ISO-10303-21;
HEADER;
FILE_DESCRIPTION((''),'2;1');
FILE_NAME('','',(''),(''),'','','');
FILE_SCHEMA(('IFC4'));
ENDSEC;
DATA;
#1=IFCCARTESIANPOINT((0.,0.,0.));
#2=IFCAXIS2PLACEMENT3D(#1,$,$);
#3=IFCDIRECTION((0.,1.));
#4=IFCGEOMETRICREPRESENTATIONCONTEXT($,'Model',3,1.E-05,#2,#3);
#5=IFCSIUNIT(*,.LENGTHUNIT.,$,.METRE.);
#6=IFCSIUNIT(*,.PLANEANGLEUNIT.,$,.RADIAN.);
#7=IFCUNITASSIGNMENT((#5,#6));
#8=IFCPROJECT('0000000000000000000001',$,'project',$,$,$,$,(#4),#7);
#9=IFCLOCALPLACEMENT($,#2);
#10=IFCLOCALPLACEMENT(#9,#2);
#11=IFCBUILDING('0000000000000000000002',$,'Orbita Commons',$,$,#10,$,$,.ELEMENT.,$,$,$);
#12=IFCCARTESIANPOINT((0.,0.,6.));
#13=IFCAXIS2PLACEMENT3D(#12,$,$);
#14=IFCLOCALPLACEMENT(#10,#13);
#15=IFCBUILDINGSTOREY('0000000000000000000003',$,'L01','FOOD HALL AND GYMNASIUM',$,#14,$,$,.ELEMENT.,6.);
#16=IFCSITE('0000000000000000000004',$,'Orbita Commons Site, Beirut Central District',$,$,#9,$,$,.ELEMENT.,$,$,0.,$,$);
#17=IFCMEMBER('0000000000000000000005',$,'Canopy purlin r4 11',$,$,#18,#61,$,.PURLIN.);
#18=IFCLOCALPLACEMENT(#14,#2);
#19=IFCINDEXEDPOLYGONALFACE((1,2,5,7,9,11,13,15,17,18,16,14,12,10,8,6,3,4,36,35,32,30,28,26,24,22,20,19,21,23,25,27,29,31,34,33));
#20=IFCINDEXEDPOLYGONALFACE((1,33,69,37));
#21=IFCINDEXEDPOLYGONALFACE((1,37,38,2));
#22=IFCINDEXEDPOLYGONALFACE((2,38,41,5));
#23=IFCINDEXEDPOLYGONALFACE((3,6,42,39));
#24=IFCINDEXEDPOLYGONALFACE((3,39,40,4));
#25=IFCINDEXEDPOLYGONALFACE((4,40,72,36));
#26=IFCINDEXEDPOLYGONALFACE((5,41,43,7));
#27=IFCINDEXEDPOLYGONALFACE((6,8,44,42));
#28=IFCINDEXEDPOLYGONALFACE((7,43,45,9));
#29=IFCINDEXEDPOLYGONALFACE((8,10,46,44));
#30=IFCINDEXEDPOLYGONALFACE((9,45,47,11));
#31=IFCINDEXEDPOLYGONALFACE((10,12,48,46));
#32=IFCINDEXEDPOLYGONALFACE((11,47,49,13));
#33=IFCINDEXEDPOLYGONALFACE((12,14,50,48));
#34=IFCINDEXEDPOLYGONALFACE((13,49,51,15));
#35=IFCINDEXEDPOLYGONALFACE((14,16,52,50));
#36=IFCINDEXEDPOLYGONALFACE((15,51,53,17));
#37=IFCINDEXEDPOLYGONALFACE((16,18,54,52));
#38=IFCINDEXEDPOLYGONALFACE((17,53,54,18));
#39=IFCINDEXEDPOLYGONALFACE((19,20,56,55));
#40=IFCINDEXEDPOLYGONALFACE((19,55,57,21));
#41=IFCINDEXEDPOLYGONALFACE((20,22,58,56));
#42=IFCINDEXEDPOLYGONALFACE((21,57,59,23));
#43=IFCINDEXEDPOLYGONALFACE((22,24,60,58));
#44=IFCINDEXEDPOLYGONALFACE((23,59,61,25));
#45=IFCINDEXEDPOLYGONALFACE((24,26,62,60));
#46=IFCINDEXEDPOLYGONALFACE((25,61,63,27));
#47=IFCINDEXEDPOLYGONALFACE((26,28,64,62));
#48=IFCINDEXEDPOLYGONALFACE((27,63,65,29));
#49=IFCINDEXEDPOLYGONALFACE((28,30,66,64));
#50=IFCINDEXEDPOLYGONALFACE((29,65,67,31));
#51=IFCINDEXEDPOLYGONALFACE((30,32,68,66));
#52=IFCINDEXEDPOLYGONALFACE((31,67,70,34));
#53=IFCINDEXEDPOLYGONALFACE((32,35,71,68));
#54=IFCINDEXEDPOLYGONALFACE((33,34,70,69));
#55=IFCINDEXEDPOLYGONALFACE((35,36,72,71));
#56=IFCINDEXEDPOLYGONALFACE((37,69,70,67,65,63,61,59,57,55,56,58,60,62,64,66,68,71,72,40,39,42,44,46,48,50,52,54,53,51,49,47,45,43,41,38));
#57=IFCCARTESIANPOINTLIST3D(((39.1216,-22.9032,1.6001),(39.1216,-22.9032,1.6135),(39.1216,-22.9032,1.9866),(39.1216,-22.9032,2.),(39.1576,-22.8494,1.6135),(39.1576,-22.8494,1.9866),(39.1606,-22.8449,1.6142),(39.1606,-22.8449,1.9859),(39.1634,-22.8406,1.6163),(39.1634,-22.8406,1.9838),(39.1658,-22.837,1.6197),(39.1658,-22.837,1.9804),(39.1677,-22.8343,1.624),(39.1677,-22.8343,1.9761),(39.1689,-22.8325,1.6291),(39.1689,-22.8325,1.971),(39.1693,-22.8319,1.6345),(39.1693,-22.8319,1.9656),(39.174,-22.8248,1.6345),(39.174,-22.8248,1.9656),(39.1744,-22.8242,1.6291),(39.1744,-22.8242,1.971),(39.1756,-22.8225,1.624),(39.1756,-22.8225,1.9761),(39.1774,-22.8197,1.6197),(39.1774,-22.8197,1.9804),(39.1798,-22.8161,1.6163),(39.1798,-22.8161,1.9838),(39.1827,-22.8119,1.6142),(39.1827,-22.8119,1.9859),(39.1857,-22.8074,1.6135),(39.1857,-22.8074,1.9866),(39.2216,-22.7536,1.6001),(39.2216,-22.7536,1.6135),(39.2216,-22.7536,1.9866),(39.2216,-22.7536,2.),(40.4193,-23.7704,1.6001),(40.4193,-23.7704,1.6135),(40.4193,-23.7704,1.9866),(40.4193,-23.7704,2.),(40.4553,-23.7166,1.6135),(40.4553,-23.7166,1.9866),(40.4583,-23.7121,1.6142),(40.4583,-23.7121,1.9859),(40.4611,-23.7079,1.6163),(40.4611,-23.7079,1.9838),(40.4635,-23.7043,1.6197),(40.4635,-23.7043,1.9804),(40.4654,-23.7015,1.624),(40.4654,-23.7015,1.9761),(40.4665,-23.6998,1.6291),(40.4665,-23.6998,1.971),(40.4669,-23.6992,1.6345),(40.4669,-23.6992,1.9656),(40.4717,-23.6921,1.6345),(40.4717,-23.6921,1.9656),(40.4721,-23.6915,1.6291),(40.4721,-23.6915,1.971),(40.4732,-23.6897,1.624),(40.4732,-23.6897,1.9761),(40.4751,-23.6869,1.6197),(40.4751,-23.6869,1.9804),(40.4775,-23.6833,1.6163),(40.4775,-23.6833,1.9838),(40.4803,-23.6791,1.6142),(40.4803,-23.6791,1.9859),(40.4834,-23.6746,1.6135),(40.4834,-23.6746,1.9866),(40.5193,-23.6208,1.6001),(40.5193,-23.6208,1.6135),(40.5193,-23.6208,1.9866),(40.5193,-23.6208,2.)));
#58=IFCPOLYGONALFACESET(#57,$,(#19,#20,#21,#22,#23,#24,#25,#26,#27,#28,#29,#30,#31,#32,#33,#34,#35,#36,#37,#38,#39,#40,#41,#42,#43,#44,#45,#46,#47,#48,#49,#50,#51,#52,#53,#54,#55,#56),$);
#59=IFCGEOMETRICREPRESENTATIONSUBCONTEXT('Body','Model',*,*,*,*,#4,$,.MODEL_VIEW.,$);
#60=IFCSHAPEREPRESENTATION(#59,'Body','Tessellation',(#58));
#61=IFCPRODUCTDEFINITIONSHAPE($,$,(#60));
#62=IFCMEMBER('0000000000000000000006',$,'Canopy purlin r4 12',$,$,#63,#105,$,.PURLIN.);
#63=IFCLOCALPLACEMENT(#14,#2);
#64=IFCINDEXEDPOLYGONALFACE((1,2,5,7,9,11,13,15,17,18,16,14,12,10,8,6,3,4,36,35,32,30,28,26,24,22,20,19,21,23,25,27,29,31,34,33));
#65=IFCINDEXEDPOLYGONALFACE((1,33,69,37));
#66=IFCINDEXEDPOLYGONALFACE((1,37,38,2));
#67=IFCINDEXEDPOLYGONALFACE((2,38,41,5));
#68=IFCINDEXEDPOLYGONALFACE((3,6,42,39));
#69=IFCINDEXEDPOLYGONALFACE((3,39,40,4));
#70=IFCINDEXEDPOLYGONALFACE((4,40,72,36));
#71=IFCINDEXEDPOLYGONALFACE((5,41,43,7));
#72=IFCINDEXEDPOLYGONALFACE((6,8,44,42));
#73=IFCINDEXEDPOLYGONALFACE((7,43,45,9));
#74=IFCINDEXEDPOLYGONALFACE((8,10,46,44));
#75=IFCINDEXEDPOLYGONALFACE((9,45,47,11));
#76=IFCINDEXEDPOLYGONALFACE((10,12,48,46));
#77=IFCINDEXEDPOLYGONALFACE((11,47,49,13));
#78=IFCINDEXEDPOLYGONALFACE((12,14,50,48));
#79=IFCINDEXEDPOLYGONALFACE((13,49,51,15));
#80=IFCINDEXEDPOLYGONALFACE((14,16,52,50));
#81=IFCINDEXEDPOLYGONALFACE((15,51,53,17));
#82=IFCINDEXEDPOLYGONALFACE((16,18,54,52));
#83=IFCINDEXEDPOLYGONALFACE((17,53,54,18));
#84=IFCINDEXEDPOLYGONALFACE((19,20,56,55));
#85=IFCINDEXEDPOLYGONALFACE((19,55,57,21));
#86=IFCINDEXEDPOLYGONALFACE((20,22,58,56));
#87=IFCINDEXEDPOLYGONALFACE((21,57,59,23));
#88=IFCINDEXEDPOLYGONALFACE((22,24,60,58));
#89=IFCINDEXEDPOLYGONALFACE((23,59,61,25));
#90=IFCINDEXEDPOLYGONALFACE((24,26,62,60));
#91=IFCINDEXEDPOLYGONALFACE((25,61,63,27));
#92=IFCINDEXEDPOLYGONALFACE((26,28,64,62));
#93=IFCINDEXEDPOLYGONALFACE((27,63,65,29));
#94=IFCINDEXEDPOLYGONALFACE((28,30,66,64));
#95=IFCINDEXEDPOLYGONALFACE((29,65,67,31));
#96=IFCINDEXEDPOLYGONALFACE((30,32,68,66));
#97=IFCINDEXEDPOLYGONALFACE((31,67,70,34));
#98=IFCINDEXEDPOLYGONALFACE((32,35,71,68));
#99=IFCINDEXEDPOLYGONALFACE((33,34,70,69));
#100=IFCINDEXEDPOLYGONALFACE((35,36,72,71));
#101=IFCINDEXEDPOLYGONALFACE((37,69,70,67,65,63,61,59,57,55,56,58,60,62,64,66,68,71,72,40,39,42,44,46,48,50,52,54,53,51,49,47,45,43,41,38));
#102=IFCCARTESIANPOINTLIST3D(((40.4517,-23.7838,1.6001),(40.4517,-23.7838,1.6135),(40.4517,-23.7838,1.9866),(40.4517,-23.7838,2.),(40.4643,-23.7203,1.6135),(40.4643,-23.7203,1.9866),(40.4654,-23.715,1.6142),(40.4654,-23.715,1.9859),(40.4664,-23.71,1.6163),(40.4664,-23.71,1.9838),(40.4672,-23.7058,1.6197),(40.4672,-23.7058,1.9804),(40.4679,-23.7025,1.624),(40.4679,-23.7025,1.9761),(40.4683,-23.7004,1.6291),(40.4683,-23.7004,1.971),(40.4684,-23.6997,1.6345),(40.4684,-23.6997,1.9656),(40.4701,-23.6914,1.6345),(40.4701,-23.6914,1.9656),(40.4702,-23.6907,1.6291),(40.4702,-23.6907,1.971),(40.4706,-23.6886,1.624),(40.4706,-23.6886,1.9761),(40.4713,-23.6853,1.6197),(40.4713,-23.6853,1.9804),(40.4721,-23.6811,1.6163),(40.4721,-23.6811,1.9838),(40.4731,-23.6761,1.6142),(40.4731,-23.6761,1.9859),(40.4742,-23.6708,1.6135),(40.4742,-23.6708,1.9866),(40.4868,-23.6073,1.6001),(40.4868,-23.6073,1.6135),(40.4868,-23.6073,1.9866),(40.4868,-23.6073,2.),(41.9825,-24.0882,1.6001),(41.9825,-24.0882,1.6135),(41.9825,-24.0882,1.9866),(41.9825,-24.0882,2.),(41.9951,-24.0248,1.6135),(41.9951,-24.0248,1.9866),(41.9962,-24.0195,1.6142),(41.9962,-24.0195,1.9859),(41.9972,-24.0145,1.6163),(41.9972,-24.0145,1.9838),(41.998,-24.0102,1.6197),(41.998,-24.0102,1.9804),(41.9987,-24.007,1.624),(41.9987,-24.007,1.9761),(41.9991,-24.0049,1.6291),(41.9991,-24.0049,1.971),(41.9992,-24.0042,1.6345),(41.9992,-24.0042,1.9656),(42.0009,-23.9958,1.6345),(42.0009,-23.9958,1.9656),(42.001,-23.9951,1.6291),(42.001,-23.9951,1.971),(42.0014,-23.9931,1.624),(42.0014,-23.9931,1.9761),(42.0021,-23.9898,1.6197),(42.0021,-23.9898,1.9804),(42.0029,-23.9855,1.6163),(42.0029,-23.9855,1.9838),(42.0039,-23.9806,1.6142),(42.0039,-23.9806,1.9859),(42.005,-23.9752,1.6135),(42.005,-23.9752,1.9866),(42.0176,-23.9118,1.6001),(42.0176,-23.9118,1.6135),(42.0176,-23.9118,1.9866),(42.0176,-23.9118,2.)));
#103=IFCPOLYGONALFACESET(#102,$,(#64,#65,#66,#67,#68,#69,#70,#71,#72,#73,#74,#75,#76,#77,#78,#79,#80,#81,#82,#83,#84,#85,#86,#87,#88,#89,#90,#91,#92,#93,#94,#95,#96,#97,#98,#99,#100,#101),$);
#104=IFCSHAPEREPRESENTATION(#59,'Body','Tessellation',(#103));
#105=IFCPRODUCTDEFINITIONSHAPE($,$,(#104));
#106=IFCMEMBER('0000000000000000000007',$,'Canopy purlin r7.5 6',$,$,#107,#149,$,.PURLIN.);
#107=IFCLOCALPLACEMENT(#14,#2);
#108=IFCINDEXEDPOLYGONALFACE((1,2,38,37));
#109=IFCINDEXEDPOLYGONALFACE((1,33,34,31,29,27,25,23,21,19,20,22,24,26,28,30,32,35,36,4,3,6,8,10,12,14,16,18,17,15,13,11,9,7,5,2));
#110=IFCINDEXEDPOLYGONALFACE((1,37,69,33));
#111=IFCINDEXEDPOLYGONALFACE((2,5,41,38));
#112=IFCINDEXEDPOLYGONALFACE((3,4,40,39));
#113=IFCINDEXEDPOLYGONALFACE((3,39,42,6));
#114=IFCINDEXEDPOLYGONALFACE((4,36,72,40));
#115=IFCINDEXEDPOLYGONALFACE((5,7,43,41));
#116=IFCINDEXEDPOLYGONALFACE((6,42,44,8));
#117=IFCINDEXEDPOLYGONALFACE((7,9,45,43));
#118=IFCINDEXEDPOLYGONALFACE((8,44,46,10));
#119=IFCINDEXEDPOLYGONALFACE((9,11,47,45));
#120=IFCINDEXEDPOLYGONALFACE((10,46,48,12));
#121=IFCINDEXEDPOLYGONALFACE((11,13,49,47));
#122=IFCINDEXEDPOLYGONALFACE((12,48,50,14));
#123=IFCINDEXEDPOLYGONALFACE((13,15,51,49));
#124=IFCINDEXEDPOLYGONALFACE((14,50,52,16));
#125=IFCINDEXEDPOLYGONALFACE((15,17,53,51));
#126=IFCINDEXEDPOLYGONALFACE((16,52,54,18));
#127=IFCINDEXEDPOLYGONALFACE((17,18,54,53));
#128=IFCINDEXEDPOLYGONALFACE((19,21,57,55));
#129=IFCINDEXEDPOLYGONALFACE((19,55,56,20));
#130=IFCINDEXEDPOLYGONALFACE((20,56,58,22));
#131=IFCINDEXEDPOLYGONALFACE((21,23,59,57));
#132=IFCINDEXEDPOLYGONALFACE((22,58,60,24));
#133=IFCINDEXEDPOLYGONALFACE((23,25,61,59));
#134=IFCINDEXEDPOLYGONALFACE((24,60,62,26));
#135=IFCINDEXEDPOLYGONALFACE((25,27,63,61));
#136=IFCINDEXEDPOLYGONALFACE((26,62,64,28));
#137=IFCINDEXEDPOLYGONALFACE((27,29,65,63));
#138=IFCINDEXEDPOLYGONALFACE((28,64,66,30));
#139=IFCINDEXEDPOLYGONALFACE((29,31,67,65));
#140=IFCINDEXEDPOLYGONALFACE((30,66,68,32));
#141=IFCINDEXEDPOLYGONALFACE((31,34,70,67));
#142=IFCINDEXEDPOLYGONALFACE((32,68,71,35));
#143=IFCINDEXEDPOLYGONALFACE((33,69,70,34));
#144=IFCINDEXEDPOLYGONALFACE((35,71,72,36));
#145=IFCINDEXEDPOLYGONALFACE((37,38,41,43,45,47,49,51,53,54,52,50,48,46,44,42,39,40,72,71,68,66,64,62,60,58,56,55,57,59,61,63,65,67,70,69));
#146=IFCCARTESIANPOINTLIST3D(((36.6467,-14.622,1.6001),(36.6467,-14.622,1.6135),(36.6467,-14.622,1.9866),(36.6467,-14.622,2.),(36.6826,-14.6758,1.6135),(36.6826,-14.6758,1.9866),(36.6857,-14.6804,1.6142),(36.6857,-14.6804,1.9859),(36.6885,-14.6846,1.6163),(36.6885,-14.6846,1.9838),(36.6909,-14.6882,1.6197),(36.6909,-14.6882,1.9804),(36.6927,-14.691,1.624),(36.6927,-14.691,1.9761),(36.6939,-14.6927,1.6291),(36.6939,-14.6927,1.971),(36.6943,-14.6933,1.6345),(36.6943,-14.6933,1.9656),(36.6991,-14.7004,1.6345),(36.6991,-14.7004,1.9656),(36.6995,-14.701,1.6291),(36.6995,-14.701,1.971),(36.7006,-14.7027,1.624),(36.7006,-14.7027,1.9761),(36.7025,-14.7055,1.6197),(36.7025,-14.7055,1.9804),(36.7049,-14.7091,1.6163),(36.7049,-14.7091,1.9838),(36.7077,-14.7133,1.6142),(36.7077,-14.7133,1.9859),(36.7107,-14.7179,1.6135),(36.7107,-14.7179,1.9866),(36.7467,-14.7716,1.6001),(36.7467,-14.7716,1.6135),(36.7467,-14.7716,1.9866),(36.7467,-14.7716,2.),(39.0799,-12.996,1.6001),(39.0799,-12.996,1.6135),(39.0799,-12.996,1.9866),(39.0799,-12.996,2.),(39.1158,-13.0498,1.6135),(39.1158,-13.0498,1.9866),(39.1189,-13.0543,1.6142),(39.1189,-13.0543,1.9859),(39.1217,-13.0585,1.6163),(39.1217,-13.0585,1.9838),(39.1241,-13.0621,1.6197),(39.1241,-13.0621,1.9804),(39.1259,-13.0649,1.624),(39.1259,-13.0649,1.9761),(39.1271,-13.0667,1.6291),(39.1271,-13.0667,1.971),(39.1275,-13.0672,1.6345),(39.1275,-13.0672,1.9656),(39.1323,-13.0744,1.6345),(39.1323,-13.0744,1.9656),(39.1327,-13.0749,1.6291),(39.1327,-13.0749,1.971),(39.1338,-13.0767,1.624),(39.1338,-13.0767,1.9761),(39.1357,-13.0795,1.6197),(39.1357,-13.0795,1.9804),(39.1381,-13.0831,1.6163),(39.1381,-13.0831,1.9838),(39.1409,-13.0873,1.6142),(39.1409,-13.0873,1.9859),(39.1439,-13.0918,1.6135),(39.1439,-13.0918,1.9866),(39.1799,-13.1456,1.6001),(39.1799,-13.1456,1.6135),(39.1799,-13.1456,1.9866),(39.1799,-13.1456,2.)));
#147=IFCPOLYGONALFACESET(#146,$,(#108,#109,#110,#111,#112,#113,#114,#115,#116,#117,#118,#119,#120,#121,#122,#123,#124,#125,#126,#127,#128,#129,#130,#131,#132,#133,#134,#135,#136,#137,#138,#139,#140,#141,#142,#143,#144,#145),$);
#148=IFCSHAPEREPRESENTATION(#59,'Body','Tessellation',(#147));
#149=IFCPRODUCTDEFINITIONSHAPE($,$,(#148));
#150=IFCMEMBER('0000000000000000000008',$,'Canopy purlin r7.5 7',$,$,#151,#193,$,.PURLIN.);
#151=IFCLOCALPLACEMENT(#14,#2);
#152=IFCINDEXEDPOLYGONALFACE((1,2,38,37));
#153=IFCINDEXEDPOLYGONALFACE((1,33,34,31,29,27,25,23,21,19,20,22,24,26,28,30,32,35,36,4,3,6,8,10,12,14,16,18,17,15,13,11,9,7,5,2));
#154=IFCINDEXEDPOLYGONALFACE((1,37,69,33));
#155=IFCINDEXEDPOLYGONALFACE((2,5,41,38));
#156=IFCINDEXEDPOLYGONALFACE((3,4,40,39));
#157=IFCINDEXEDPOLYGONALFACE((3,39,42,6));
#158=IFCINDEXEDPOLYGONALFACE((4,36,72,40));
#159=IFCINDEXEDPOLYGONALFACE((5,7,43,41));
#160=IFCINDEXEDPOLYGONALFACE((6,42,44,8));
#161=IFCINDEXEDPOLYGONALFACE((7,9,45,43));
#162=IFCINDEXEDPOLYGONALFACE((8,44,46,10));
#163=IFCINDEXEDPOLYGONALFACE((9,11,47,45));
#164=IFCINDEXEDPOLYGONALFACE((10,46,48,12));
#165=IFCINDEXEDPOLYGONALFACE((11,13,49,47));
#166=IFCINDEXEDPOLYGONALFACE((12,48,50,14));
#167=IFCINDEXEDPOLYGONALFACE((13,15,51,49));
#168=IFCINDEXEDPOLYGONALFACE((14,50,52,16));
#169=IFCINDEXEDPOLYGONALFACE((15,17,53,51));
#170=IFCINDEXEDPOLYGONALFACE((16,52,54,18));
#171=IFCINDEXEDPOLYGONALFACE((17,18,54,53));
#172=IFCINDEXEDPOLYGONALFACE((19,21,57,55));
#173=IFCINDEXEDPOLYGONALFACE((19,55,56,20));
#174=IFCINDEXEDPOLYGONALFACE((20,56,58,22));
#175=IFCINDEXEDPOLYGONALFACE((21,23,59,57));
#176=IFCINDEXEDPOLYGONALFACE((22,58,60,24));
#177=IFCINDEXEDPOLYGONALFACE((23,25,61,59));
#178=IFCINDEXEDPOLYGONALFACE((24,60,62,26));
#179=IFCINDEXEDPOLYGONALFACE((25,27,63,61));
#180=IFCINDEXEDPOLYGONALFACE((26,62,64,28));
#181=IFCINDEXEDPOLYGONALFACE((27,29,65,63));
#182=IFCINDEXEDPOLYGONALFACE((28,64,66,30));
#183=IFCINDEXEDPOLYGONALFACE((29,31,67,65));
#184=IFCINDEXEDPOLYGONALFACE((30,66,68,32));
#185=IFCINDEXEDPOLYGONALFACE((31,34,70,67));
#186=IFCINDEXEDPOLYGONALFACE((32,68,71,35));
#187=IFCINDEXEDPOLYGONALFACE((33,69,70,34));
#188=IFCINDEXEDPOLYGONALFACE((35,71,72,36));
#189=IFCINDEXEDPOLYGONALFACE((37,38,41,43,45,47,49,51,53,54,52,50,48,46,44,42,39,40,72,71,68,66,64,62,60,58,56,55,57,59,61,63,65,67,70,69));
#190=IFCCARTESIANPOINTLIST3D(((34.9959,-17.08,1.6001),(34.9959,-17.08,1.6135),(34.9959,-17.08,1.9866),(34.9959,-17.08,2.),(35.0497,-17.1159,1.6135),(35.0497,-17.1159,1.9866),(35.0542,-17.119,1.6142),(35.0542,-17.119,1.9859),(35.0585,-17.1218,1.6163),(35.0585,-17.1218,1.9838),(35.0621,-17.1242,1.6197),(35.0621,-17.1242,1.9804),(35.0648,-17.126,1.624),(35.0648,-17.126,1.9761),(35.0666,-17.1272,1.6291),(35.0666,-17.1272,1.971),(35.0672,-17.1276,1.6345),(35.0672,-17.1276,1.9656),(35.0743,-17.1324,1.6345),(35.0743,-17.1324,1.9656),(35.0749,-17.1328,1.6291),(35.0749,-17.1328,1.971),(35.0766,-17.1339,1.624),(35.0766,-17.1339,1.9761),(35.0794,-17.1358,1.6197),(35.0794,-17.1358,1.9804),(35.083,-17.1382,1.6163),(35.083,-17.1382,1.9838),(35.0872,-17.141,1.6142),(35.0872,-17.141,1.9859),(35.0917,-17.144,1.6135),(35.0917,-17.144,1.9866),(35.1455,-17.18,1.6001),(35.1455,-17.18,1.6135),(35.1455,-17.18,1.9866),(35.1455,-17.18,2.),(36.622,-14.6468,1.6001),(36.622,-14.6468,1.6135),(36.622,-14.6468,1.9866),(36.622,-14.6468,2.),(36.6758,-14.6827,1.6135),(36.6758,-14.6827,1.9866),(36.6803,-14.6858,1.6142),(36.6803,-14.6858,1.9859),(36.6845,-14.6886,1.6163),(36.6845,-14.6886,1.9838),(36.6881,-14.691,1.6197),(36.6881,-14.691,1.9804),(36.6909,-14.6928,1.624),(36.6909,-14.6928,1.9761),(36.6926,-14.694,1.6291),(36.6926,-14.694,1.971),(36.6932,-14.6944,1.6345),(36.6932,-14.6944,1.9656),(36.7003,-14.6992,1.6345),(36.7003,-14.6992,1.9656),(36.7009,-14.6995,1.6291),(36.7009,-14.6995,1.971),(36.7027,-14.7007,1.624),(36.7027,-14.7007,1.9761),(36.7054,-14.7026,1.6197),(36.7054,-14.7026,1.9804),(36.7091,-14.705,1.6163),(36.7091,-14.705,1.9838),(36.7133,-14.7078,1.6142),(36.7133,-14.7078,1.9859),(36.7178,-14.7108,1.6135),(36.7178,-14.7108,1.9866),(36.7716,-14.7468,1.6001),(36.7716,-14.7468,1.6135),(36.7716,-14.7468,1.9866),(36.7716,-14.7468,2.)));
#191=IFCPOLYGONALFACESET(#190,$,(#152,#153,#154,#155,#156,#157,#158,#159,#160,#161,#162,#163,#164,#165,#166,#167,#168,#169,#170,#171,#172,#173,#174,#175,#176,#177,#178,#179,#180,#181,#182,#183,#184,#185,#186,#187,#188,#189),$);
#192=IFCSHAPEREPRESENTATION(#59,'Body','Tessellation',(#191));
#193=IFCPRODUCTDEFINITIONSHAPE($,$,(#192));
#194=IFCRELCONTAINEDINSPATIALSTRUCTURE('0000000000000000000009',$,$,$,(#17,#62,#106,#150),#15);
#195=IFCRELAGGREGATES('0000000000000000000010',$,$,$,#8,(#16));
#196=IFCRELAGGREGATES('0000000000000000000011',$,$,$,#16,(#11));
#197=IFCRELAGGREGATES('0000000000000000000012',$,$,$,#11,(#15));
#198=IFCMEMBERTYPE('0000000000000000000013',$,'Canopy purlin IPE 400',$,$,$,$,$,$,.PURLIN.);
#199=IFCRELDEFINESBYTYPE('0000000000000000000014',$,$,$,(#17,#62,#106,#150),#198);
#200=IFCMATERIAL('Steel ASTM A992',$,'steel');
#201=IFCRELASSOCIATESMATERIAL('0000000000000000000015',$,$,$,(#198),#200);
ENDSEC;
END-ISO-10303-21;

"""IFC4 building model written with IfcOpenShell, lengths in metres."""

from ifc_helpers import new_model, si_unit, direction, frame, origin, origin_2d, place, context, subcontext, project, spatial, i_section, extrude, material, material_profile, profile_set, type_object, element, save


model = new_model("IFC4")

# Units and contexts
model_context = context("Model", 3, precision=1e-05, world=origin(), true_north=direction((0.0, 1.0)))
body_context = subcontext(model_context, "Body", "Model", "MODEL_VIEW")
ifc_project = project(units=[si_unit("LENGTHUNIT", "METRE"), si_unit("PLANEANGLEUNIT", "RADIAN")], contexts=[model_context])

# Site, building, storey
site_placement = place(None, origin())
site = spatial("IfcSite", under=ifc_project, at=site_placement, Name="Orbita Commons Site, Beirut Central District", CompositionType="ELEMENT", RefElevation=0.0)
building_placement = place(site_placement, origin())
building = spatial("IfcBuilding", under=site, at=building_placement, Name="Orbita Commons", CompositionType="ELEMENT")
storey_placement = place(building_placement, frame((0.0, 0.0, 6.0)))
storey = spatial("IfcBuildingStorey", under=building, at=storey_placement, Name="L01", Description="FOOD HALL AND GYMNASIUM", CompositionType="ELEMENT", Elevation=6.0)

# Members
ifc_material_1 = material(Name="Steel ASTM A992", Category="steel")
ifc_material_profile_1 = material_profile(ifc_material_1, i_section(OverallWidth=0.1799, OverallDepth=0.3999, WebThickness=0.0085, FlangeThickness=0.0134, FilletRadius=0.021, at=origin_2d()), Name="IPE 400")
ifc_profile_set_1 = profile_set([ifc_material_profile_1], Name="Steel ASTM A992")
member_type_1 = type_object("IfcMemberType", Name="Canopy purlin IPE 400", PredefinedType="PURLIN", material=ifc_profile_set_1)
for number, where, z_axis, x_axis, name in (
    (1, (39.1716, -22.8284, 1.8), (0.831424, -0.555638, 0.0), (0.555638, 0.831424, 0.0), "Canopy purlin r4 11"),
    (2, (40.4692, -23.6956, 1.8), (0.980791, -0.195063, 0.0), (0.195063, 0.980791, 0.0), "Canopy purlin r4 12"),
):
    element("IfcMember", number, at=place(storey_placement, frame(where, z_axis=z_axis, x_axis=x_axis)), inside=storey, type_object=member_type_1, Name=name, PredefinedType="PURLIN", context=body_context, shape_type="SweptSolid", body=[
        extrude(i_section(OverallWidth=0.1799, OverallDepth=0.3999, WebThickness=0.0085, FlangeThickness=0.0134, FilletRadius=0.021, at=origin_2d()), origin(), (0.0, 0.0, 1.0), 1.5608),
    ])
for number, where, z_axis, x_axis, name in (
    (3, (39.1299, -13.0708, 1.8), (-0.831434, -0.555624, 0.0), (0.555624, -0.831434, 0.0), "Canopy purlin r7.5 6"),
    (4, (36.6968, -14.6968, 1.8), (-0.555624, -0.831434, 0.0), (0.831434, -0.555624, 0.0), "Canopy purlin r7.5 7"),
):
    element("IfcMember", number, at=place(storey_placement, frame(where, z_axis=z_axis, x_axis=x_axis)), inside=storey, type_object=member_type_1, Name=name, PredefinedType="PURLIN", context=body_context, shape_type="SweptSolid", body=[
        extrude(i_section(OverallWidth=0.1799, OverallDepth=0.3999, WebThickness=0.0085, FlangeThickness=0.0134, FilletRadius=0.021, at=origin_2d()), origin(), (0.0, 0.0, 1.0), 2.9265),
    ])

save(model, "model.ifc")
